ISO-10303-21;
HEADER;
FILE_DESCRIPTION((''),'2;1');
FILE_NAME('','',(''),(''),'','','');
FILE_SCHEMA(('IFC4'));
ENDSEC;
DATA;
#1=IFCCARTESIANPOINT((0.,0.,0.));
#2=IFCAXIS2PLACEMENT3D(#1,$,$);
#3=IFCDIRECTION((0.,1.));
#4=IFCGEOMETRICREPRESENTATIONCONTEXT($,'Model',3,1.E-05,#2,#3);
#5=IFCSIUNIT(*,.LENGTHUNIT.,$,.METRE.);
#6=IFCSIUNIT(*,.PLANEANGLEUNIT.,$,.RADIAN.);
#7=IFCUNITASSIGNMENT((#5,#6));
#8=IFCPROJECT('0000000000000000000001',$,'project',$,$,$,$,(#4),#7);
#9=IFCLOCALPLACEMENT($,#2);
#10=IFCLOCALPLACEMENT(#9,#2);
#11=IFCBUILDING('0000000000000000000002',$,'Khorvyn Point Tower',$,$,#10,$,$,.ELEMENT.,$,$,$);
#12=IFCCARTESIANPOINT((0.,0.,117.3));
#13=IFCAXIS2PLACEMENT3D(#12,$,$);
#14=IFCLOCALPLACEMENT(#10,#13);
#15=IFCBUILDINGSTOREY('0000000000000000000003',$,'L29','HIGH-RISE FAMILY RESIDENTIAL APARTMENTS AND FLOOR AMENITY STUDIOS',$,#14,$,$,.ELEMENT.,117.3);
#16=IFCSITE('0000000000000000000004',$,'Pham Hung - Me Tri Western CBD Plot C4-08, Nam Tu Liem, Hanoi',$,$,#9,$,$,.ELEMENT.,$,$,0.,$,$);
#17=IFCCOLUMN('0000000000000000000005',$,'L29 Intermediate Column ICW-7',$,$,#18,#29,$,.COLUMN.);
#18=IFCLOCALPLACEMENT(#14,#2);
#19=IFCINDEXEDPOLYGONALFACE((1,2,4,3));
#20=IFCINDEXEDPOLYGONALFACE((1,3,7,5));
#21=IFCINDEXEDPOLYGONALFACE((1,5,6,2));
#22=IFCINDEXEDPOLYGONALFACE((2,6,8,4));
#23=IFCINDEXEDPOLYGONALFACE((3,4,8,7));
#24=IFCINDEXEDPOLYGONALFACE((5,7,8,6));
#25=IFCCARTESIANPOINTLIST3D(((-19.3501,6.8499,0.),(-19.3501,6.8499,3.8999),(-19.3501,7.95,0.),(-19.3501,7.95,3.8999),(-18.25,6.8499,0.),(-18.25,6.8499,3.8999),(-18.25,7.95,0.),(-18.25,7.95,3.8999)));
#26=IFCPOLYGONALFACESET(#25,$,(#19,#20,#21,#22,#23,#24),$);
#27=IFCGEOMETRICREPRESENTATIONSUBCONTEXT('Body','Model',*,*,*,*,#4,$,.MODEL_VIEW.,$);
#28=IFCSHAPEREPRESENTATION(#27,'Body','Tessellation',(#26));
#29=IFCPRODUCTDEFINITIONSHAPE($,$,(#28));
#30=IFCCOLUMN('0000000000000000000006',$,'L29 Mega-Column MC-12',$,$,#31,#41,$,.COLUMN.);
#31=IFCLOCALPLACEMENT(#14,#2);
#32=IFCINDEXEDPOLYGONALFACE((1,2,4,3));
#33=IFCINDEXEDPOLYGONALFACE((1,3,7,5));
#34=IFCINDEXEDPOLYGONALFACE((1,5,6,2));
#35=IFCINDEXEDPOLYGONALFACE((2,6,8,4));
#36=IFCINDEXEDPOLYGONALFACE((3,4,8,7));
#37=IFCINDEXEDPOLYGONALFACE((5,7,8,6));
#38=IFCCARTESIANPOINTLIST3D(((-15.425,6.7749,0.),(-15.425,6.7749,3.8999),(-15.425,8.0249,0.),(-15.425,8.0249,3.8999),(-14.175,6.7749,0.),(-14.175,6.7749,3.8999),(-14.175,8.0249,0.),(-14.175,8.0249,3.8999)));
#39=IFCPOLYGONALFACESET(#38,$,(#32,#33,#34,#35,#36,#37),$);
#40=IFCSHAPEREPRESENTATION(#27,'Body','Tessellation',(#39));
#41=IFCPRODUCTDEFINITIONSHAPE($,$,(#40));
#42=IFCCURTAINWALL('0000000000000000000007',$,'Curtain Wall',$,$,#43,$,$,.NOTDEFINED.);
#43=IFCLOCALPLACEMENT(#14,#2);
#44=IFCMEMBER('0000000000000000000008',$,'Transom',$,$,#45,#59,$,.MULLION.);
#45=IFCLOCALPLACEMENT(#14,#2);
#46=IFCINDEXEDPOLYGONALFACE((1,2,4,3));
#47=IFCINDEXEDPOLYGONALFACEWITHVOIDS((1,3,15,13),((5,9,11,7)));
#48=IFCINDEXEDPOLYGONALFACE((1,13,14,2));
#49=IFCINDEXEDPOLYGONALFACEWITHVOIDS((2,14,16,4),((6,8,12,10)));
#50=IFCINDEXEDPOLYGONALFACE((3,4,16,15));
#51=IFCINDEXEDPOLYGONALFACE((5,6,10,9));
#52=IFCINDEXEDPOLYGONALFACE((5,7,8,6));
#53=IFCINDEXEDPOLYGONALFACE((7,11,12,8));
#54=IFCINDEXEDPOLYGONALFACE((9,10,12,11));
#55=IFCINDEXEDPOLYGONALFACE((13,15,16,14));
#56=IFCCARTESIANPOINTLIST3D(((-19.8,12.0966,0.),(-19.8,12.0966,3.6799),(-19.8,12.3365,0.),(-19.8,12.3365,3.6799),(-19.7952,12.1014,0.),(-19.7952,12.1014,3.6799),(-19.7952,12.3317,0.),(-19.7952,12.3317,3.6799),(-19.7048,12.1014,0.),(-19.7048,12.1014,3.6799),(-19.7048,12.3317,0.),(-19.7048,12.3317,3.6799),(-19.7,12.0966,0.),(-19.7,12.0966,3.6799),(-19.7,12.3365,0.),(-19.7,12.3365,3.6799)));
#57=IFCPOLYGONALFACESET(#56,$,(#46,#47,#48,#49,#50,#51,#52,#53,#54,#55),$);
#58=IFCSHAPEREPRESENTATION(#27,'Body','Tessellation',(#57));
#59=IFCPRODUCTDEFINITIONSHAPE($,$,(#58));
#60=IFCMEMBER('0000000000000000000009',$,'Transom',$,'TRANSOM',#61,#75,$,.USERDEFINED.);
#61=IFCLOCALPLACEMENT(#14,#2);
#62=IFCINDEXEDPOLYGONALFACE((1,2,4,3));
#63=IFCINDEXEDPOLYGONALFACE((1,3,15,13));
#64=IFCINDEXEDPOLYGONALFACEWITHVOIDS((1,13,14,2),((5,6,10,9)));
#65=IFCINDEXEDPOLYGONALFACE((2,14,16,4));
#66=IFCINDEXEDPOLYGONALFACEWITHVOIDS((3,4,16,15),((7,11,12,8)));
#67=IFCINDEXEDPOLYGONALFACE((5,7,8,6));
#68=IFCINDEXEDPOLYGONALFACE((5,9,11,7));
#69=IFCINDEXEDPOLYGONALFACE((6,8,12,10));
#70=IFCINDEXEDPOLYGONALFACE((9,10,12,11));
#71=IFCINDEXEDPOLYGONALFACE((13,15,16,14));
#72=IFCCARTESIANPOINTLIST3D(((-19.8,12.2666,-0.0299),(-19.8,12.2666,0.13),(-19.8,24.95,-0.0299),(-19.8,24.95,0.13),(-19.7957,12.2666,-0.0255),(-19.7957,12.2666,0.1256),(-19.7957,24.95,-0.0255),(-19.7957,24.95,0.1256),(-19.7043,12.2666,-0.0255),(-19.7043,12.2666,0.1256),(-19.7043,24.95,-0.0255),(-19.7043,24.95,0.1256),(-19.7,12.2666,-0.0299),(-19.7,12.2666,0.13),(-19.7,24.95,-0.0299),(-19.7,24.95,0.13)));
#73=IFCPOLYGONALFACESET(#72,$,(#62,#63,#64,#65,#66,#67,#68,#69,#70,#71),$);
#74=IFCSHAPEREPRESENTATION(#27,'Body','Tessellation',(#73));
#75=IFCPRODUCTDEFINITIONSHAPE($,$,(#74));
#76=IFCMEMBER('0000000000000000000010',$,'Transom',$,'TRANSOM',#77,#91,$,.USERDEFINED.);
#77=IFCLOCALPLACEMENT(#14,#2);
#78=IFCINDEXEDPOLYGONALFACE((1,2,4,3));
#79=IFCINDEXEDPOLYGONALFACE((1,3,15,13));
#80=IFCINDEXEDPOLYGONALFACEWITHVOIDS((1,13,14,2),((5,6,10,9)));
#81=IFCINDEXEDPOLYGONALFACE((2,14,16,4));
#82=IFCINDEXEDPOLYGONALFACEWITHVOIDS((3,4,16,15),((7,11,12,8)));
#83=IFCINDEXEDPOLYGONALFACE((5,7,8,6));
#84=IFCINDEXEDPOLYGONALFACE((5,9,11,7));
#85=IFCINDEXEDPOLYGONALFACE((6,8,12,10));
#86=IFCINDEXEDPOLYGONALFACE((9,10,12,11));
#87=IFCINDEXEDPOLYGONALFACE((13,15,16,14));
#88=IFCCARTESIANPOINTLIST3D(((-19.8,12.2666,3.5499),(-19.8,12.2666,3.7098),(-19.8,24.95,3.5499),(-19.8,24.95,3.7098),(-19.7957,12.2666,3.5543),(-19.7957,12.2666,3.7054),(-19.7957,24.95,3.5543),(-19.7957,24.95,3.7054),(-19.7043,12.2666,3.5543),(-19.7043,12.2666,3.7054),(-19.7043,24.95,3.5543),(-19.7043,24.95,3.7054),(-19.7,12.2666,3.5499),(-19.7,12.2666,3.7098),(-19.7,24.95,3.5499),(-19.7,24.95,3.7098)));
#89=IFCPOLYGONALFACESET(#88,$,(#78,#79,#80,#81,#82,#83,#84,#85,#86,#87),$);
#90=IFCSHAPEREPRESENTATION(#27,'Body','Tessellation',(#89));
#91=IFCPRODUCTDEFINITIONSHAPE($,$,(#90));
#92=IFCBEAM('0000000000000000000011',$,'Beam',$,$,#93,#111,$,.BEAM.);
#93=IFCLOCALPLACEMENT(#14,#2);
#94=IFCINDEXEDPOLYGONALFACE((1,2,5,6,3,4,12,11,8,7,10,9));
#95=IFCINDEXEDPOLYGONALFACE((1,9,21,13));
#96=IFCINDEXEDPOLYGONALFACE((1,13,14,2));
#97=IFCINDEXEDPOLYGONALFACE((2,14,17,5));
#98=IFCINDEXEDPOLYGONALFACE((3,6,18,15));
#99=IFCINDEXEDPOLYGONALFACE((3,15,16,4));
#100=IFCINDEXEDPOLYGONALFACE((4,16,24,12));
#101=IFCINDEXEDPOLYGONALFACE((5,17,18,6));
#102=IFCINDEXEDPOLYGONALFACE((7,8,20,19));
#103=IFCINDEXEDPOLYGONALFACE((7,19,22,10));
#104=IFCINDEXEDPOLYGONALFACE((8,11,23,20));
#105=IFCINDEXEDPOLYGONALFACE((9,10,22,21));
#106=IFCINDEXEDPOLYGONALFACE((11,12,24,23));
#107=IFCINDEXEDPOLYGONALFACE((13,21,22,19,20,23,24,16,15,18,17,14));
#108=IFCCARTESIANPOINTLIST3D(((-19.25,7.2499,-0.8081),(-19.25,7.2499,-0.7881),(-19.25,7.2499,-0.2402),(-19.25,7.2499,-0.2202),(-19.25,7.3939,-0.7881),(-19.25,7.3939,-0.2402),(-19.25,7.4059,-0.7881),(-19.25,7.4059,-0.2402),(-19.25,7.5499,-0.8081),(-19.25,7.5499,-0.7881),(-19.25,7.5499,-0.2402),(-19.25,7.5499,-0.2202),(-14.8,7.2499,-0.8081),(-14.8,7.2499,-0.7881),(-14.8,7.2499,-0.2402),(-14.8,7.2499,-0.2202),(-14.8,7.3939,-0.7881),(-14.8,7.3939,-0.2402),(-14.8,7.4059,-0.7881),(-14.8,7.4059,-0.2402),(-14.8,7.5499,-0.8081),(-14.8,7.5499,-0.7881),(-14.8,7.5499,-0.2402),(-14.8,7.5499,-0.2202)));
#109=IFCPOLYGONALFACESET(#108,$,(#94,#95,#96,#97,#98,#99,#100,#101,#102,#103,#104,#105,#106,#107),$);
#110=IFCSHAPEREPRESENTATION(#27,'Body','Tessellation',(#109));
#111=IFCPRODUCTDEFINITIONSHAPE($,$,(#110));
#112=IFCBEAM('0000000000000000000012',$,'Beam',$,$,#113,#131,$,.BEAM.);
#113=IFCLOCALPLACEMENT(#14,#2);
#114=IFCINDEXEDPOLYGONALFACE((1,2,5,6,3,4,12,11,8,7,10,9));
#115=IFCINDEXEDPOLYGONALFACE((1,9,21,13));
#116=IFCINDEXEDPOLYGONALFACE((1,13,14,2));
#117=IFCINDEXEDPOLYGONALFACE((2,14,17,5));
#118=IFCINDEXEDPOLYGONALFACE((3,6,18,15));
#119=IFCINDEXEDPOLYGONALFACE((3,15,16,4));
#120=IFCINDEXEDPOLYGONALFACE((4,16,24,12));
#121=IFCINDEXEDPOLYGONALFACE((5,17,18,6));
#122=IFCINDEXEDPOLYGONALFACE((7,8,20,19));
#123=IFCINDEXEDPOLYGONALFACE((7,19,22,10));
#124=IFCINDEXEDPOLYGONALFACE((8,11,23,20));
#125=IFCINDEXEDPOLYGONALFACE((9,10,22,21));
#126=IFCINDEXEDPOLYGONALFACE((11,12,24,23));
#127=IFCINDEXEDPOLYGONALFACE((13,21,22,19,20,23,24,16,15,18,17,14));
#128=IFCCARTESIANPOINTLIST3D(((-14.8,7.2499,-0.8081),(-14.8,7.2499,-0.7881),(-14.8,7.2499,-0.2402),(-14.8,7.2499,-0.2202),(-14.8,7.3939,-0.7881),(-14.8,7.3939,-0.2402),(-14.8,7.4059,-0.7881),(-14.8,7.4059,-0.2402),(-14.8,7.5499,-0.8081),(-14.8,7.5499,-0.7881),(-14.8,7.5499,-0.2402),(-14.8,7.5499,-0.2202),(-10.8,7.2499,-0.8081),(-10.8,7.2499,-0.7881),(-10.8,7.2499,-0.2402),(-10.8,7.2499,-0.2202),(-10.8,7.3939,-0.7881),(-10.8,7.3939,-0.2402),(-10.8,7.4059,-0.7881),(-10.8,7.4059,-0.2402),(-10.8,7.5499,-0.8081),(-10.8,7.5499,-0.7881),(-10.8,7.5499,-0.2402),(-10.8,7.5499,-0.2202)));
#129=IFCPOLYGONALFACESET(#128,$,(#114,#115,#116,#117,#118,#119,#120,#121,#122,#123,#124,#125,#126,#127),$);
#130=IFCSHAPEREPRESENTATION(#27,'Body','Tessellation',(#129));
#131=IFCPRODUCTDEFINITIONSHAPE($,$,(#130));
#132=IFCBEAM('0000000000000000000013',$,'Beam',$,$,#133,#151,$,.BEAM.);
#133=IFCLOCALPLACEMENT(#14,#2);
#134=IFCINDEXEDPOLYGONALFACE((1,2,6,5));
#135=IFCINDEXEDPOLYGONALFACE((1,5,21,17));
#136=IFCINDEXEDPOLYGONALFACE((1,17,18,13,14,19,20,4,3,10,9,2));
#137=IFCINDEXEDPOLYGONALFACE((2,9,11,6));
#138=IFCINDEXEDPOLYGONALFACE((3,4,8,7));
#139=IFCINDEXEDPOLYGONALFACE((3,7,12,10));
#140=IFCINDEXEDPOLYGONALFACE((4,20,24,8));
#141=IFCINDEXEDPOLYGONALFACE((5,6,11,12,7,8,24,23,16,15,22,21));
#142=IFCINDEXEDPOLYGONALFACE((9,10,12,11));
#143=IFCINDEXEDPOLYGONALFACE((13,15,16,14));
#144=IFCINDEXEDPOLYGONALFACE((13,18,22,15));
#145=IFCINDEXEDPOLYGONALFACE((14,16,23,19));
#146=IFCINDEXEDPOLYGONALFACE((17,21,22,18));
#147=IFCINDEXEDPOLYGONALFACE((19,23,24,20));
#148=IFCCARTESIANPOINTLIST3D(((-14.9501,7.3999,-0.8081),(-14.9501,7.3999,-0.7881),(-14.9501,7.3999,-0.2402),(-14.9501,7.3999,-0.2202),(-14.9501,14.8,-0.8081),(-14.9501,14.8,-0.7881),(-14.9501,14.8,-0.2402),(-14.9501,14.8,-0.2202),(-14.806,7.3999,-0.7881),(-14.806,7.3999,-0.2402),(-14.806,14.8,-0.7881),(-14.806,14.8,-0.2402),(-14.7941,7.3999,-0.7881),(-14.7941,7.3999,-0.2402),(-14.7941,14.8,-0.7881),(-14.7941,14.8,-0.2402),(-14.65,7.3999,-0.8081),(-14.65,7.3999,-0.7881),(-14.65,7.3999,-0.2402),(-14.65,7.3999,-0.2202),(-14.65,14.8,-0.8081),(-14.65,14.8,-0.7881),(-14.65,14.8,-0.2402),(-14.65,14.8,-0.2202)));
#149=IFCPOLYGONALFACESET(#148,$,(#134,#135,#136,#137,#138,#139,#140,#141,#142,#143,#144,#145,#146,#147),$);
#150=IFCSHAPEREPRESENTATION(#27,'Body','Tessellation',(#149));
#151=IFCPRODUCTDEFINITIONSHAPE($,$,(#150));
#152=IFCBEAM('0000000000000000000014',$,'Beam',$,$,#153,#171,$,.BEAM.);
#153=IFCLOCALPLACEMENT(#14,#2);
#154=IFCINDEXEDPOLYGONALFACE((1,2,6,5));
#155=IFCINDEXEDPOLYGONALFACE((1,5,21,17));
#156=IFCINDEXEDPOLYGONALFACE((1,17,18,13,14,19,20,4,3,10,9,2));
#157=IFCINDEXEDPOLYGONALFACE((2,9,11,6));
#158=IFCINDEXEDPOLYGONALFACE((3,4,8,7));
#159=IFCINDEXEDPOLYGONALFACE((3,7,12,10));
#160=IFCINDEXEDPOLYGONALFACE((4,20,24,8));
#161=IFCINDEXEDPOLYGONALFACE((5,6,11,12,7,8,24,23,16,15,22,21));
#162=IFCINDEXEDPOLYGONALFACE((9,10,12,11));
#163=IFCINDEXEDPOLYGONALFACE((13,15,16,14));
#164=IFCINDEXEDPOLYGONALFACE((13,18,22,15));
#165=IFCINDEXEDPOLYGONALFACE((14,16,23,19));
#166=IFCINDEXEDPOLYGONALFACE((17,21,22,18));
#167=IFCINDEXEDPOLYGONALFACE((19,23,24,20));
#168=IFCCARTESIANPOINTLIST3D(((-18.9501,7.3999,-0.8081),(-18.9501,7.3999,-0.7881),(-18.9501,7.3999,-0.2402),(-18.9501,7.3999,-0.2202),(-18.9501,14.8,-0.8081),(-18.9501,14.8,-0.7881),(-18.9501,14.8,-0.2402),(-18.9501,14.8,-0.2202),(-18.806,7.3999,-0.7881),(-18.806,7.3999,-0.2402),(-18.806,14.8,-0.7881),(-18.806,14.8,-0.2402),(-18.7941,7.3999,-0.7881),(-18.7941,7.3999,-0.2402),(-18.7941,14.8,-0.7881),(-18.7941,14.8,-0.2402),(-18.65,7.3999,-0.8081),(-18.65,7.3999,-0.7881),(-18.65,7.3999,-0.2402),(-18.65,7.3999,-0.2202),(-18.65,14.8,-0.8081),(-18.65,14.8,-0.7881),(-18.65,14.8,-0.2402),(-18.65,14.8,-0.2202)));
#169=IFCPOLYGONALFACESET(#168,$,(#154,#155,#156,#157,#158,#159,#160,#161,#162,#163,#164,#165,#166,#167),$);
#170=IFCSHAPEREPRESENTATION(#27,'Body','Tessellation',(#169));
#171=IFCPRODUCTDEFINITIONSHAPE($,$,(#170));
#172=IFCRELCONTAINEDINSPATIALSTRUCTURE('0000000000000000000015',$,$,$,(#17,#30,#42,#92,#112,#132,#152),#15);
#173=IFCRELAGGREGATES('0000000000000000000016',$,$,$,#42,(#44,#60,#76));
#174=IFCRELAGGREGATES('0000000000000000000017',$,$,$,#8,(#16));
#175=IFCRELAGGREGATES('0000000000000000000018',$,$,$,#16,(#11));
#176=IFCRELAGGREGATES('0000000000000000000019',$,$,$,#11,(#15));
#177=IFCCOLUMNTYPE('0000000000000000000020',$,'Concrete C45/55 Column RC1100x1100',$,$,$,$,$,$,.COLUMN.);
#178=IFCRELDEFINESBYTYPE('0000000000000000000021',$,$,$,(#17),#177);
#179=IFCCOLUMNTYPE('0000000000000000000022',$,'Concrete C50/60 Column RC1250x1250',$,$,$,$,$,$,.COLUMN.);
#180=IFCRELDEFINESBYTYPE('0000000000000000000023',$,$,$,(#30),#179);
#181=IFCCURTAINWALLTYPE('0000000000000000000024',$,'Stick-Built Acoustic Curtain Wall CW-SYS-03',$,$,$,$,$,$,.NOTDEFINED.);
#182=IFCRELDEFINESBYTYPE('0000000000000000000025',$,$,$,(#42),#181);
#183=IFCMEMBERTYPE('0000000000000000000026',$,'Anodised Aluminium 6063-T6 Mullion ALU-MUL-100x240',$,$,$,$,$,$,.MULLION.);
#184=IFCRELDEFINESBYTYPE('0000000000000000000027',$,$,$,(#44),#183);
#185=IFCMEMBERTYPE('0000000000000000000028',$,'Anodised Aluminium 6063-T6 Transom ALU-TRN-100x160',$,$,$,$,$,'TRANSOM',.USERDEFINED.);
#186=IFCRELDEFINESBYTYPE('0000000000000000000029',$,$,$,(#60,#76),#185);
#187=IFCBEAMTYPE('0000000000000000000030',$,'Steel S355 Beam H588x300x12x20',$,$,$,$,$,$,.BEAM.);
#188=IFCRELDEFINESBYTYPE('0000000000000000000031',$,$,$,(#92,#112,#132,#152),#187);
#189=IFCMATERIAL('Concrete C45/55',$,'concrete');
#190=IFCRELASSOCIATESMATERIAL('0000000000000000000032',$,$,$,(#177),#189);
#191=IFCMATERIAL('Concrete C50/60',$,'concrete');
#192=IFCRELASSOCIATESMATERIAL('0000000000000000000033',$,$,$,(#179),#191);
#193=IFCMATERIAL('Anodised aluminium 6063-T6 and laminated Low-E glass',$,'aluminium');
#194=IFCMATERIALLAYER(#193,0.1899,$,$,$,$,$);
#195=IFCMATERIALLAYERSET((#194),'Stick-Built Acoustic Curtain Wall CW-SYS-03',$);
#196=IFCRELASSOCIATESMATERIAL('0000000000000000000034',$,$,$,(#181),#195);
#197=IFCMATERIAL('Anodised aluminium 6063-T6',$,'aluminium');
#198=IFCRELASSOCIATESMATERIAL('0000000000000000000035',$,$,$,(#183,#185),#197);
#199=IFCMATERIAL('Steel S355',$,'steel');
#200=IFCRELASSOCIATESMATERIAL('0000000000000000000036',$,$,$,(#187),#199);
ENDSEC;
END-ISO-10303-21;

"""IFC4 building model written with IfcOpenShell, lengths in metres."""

from ifc_helpers import new_model, si_unit, direction, frame, origin, origin_2d, place, context, subcontext, project, spatial, rectangle, hollow_rectangle, i_section, extrude, material, layer, layer_set, material_profile, profile_set, type_object, element, aggregate, save


model = new_model("IFC4")

# Units and contexts
model_context = context("Model", 3, precision=1e-05, world=origin(), true_north=direction((0.0, 1.0)))
body_context = subcontext(model_context, "Body", "Model", "MODEL_VIEW")
ifc_project = project(units=[si_unit("LENGTHUNIT", "METRE"), si_unit("PLANEANGLEUNIT", "RADIAN")], contexts=[model_context])

# Site, building, storey
site_placement = place(None, origin())
site = spatial("IfcSite", under=ifc_project, at=site_placement, Name="Pham Hung - Me Tri Western CBD Plot C4-08, Nam Tu Liem, Hanoi", CompositionType="ELEMENT", RefElevation=0.0)
building_placement = place(site_placement, origin())
building = spatial("IfcBuilding", under=site, at=building_placement, Name="Khorvyn Point Tower", CompositionType="ELEMENT")
storey_placement = place(building_placement, frame((0.0, 0.0, 117.3)))
storey = spatial("IfcBuildingStorey", under=building, at=storey_placement, Name="L29", Description="HIGH-RISE FAMILY RESIDENTIAL APARTMENTS AND FLOOR AMENITY STUDIOS", CompositionType="ELEMENT", Elevation=117.3)

# Columns
ifc_material_1 = material(Name="Concrete C45/55", Category="concrete")
ifc_material_profile_1 = material_profile(ifc_material_1, rectangle(XDim=1.1001, YDim=1.1001, at=origin_2d()))
ifc_profile_set_1 = profile_set([ifc_material_profile_1], Name="Concrete C45/55 RC1100x1100")
column_type_1 = type_object("IfcColumnType", Name="Concrete C45/55 Column RC1100x1100", PredefinedType="COLUMN", material=ifc_profile_set_1)
column_1_placement = place(storey_placement, frame((-18.8, 7.3999, 0.0), z_axis=(0.0, 0.0, 1.0), x_axis=(1.0, 0.0, 0.0)))
element("IfcColumn", 1, at=column_1_placement, inside=storey, type_object=column_type_1, Name="L29 Intermediate Column ICW-7", PredefinedType="COLUMN", context=body_context, shape_type="SweptSolid", body=[
    extrude(rectangle(XDim=1.1001, YDim=1.1001, at=origin_2d()), origin(), (0.0, 0.0, 1.0), 3.8999),
])
ifc_material_2 = material(Name="Concrete C50/60", Category="concrete")
ifc_material_profile_2 = material_profile(ifc_material_2, rectangle(XDim=1.25, YDim=1.25, at=origin_2d()))
ifc_profile_set_2 = profile_set([ifc_material_profile_2], Name="Concrete C50/60 RC1250x1250")
column_type_2 = type_object("IfcColumnType", Name="Concrete C50/60 Column RC1250x1250", PredefinedType="COLUMN", material=ifc_profile_set_2)
column_2_placement = place(storey_placement, frame((-14.8, 7.3999, 0.0), z_axis=(0.0, 0.0, 1.0), x_axis=(1.0, 0.0, 0.0)))
element("IfcColumn", 2, at=column_2_placement, inside=storey, type_object=column_type_2, Name="L29 Mega-Column MC-12", PredefinedType="COLUMN", context=body_context, shape_type="SweptSolid", body=[
    extrude(rectangle(XDim=1.25, YDim=1.25, at=origin_2d()), origin(), (0.0, 0.0, 1.0), 3.8999),
])

# Curtain wall, members
ifc_material_3 = material(Name="Anodised aluminium 6063-T6 and laminated Low-E glass", Category="aluminium")
ifc_layer_1 = layer(ifc_material_3, 0.1899)
ifc_layer_set_1 = layer_set([ifc_layer_1], Name="Stick-Built Acoustic Curtain Wall CW-SYS-03")
curtain_wall_type = type_object("IfcCurtainWallType", Name="Stick-Built Acoustic Curtain Wall CW-SYS-03", PredefinedType="NOTDEFINED", material=ifc_layer_set_1)
curtain_wall_placement = place(storey_placement, origin())
curtain_wall = element("IfcCurtainWall", 3, at=curtain_wall_placement, inside=storey, type_object=curtain_wall_type, Name="Curtain Wall", PredefinedType="NOTDEFINED")
ifc_material_4 = material(Name="Anodised aluminium 6063-T6", Category="aluminium")
ifc_material_profile_3 = material_profile(ifc_material_4, hollow_rectangle(XDim=0.1001, YDim=0.24, WallThickness=0.0049, at=origin_2d()))
ifc_profile_set_3 = profile_set([ifc_material_profile_3], Name="Anodised aluminium 6063-T6 ALU-MUL-100x240")
member_type_1 = type_object("IfcMemberType", Name="Anodised Aluminium 6063-T6 Mullion ALU-MUL-100x240", PredefinedType="MULLION", material=ifc_profile_set_3)
member_1_placement = place(storey_placement, frame((-19.75, 12.2166, 0.0), z_axis=(0.0, 0.0, 1.0), x_axis=(-1.0, 0.0, 0.0)))
member_1 = element("IfcMember", 4, at=member_1_placement, type_object=member_type_1, Name="Transom", PredefinedType="MULLION", context=body_context, shape_type="SweptSolid", body=[
    extrude(hollow_rectangle(XDim=0.1001, YDim=0.24, WallThickness=0.0049, at=origin_2d()), origin(), (0.0, 0.0, 1.0), 3.6799),
])
ifc_material_profile_4 = material_profile(ifc_material_4, hollow_rectangle(XDim=0.1001, YDim=0.1599, WallThickness=0.0044, at=origin_2d()))
ifc_profile_set_4 = profile_set([ifc_material_profile_4], Name="Anodised aluminium 6063-T6 ALU-TRN-100x160")
member_type_2 = type_object("IfcMemberType", Name="Anodised Aluminium 6063-T6 Transom ALU-TRN-100x160", ElementType="TRANSOM", PredefinedType="USERDEFINED", material=ifc_profile_set_4)
member_2_placement = place(storey_placement, frame((-19.75, 12.2666, 0.05), z_axis=(0.0, 1.0, 0.0), x_axis=(-1.0, 0.0, 0.0)))
member_2 = element("IfcMember", 5, at=member_2_placement, type_object=member_type_2, Name="Transom", ObjectType="TRANSOM", PredefinedType="USERDEFINED", context=body_context, shape_type="SweptSolid", body=[
    extrude(hollow_rectangle(XDim=0.1001, YDim=0.1599, WallThickness=0.0044, at=origin_2d()), origin(), (0.0, 0.0, 1.0), 12.6833),
])
member_3_placement = place(storey_placement, frame((-19.75, 12.2666, 3.6299), z_axis=(0.0, 1.0, 0.0), x_axis=(-1.0, 0.0, 0.0)))
member_3 = element("IfcMember", 6, at=member_3_placement, type_object=member_type_2, Name="Transom", ObjectType="TRANSOM", PredefinedType="USERDEFINED", context=body_context, shape_type="SweptSolid", body=[
    extrude(hollow_rectangle(XDim=0.1001, YDim=0.1599, WallThickness=0.0044, at=origin_2d()), origin(), (0.0, 0.0, 1.0), 12.6833),
])

# Beams
ifc_material_5 = material(Name="Steel S355", Category="steel")
ifc_material_profile_5 = material_profile(ifc_material_5, i_section(OverallWidth=0.3, OverallDepth=0.5879, WebThickness=0.012, FlangeThickness=0.02, at=origin_2d()))
ifc_profile_set_5 = profile_set([ifc_material_profile_5], Name="Steel S355 H588x300x12x20")
beam_type_1 = type_object("IfcBeamType", Name="Steel S355 Beam H588x300x12x20", PredefinedType="BEAM", material=ifc_profile_set_5)
beam_1_placement = place(storey_placement, frame((-19.25, 7.3999, -0.5142), z_axis=(1.0, 0.0, 0.0), x_axis=(0.0, 1.0, 0.0)))
element("IfcBeam", 7, at=beam_1_placement, inside=storey, type_object=beam_type_1, Name="Beam", PredefinedType="BEAM", context=body_context, shape_type="SweptSolid", body=[
    extrude(i_section(OverallWidth=0.3, OverallDepth=0.5879, WebThickness=0.012, FlangeThickness=0.02, at=origin_2d()), origin(), (0.0, 0.0, 1.0), 4.45),
])
beam_2_placement = place(storey_placement, frame((-14.8, 7.3999, -0.5142), z_axis=(1.0, 0.0, 0.0), x_axis=(0.0, 1.0, 0.0)))
element("IfcBeam", 8, at=beam_2_placement, inside=storey, type_object=beam_type_1, Name="Beam", PredefinedType="BEAM", context=body_context, shape_type="SweptSolid", body=[
    extrude(i_section(OverallWidth=0.3, OverallDepth=0.5879, WebThickness=0.012, FlangeThickness=0.02, at=origin_2d()), origin(), (0.0, 0.0, 1.0), 4.0),
])
for number, where, z_axis, x_axis, name in (
    (9, (-14.8, 7.3999, -0.5142), (0.0, 1.0, 0.0), (-1.0, 0.0, 0.0), "Beam"),
    (10, (-18.8, 7.3999, -0.5142), (0.0, 1.0, 0.0), (-1.0, 0.0, 0.0), "Beam"),
):
    element("IfcBeam", number, at=place(storey_placement, frame(where, z_axis=z_axis, x_axis=x_axis)), inside=storey, type_object=beam_type_1, Name=name, PredefinedType="BEAM", context=body_context, shape_type="SweptSolid", body=[
        extrude(i_section(OverallWidth=0.3, OverallDepth=0.5879, WebThickness=0.012, FlangeThickness=0.02, at=origin_2d()), origin(), (0.0, 0.0, 1.0), 7.4001),
    ])

aggregate(curtain_wall, [member_1, member_2, member_3])

save(model, "model.ifc")
